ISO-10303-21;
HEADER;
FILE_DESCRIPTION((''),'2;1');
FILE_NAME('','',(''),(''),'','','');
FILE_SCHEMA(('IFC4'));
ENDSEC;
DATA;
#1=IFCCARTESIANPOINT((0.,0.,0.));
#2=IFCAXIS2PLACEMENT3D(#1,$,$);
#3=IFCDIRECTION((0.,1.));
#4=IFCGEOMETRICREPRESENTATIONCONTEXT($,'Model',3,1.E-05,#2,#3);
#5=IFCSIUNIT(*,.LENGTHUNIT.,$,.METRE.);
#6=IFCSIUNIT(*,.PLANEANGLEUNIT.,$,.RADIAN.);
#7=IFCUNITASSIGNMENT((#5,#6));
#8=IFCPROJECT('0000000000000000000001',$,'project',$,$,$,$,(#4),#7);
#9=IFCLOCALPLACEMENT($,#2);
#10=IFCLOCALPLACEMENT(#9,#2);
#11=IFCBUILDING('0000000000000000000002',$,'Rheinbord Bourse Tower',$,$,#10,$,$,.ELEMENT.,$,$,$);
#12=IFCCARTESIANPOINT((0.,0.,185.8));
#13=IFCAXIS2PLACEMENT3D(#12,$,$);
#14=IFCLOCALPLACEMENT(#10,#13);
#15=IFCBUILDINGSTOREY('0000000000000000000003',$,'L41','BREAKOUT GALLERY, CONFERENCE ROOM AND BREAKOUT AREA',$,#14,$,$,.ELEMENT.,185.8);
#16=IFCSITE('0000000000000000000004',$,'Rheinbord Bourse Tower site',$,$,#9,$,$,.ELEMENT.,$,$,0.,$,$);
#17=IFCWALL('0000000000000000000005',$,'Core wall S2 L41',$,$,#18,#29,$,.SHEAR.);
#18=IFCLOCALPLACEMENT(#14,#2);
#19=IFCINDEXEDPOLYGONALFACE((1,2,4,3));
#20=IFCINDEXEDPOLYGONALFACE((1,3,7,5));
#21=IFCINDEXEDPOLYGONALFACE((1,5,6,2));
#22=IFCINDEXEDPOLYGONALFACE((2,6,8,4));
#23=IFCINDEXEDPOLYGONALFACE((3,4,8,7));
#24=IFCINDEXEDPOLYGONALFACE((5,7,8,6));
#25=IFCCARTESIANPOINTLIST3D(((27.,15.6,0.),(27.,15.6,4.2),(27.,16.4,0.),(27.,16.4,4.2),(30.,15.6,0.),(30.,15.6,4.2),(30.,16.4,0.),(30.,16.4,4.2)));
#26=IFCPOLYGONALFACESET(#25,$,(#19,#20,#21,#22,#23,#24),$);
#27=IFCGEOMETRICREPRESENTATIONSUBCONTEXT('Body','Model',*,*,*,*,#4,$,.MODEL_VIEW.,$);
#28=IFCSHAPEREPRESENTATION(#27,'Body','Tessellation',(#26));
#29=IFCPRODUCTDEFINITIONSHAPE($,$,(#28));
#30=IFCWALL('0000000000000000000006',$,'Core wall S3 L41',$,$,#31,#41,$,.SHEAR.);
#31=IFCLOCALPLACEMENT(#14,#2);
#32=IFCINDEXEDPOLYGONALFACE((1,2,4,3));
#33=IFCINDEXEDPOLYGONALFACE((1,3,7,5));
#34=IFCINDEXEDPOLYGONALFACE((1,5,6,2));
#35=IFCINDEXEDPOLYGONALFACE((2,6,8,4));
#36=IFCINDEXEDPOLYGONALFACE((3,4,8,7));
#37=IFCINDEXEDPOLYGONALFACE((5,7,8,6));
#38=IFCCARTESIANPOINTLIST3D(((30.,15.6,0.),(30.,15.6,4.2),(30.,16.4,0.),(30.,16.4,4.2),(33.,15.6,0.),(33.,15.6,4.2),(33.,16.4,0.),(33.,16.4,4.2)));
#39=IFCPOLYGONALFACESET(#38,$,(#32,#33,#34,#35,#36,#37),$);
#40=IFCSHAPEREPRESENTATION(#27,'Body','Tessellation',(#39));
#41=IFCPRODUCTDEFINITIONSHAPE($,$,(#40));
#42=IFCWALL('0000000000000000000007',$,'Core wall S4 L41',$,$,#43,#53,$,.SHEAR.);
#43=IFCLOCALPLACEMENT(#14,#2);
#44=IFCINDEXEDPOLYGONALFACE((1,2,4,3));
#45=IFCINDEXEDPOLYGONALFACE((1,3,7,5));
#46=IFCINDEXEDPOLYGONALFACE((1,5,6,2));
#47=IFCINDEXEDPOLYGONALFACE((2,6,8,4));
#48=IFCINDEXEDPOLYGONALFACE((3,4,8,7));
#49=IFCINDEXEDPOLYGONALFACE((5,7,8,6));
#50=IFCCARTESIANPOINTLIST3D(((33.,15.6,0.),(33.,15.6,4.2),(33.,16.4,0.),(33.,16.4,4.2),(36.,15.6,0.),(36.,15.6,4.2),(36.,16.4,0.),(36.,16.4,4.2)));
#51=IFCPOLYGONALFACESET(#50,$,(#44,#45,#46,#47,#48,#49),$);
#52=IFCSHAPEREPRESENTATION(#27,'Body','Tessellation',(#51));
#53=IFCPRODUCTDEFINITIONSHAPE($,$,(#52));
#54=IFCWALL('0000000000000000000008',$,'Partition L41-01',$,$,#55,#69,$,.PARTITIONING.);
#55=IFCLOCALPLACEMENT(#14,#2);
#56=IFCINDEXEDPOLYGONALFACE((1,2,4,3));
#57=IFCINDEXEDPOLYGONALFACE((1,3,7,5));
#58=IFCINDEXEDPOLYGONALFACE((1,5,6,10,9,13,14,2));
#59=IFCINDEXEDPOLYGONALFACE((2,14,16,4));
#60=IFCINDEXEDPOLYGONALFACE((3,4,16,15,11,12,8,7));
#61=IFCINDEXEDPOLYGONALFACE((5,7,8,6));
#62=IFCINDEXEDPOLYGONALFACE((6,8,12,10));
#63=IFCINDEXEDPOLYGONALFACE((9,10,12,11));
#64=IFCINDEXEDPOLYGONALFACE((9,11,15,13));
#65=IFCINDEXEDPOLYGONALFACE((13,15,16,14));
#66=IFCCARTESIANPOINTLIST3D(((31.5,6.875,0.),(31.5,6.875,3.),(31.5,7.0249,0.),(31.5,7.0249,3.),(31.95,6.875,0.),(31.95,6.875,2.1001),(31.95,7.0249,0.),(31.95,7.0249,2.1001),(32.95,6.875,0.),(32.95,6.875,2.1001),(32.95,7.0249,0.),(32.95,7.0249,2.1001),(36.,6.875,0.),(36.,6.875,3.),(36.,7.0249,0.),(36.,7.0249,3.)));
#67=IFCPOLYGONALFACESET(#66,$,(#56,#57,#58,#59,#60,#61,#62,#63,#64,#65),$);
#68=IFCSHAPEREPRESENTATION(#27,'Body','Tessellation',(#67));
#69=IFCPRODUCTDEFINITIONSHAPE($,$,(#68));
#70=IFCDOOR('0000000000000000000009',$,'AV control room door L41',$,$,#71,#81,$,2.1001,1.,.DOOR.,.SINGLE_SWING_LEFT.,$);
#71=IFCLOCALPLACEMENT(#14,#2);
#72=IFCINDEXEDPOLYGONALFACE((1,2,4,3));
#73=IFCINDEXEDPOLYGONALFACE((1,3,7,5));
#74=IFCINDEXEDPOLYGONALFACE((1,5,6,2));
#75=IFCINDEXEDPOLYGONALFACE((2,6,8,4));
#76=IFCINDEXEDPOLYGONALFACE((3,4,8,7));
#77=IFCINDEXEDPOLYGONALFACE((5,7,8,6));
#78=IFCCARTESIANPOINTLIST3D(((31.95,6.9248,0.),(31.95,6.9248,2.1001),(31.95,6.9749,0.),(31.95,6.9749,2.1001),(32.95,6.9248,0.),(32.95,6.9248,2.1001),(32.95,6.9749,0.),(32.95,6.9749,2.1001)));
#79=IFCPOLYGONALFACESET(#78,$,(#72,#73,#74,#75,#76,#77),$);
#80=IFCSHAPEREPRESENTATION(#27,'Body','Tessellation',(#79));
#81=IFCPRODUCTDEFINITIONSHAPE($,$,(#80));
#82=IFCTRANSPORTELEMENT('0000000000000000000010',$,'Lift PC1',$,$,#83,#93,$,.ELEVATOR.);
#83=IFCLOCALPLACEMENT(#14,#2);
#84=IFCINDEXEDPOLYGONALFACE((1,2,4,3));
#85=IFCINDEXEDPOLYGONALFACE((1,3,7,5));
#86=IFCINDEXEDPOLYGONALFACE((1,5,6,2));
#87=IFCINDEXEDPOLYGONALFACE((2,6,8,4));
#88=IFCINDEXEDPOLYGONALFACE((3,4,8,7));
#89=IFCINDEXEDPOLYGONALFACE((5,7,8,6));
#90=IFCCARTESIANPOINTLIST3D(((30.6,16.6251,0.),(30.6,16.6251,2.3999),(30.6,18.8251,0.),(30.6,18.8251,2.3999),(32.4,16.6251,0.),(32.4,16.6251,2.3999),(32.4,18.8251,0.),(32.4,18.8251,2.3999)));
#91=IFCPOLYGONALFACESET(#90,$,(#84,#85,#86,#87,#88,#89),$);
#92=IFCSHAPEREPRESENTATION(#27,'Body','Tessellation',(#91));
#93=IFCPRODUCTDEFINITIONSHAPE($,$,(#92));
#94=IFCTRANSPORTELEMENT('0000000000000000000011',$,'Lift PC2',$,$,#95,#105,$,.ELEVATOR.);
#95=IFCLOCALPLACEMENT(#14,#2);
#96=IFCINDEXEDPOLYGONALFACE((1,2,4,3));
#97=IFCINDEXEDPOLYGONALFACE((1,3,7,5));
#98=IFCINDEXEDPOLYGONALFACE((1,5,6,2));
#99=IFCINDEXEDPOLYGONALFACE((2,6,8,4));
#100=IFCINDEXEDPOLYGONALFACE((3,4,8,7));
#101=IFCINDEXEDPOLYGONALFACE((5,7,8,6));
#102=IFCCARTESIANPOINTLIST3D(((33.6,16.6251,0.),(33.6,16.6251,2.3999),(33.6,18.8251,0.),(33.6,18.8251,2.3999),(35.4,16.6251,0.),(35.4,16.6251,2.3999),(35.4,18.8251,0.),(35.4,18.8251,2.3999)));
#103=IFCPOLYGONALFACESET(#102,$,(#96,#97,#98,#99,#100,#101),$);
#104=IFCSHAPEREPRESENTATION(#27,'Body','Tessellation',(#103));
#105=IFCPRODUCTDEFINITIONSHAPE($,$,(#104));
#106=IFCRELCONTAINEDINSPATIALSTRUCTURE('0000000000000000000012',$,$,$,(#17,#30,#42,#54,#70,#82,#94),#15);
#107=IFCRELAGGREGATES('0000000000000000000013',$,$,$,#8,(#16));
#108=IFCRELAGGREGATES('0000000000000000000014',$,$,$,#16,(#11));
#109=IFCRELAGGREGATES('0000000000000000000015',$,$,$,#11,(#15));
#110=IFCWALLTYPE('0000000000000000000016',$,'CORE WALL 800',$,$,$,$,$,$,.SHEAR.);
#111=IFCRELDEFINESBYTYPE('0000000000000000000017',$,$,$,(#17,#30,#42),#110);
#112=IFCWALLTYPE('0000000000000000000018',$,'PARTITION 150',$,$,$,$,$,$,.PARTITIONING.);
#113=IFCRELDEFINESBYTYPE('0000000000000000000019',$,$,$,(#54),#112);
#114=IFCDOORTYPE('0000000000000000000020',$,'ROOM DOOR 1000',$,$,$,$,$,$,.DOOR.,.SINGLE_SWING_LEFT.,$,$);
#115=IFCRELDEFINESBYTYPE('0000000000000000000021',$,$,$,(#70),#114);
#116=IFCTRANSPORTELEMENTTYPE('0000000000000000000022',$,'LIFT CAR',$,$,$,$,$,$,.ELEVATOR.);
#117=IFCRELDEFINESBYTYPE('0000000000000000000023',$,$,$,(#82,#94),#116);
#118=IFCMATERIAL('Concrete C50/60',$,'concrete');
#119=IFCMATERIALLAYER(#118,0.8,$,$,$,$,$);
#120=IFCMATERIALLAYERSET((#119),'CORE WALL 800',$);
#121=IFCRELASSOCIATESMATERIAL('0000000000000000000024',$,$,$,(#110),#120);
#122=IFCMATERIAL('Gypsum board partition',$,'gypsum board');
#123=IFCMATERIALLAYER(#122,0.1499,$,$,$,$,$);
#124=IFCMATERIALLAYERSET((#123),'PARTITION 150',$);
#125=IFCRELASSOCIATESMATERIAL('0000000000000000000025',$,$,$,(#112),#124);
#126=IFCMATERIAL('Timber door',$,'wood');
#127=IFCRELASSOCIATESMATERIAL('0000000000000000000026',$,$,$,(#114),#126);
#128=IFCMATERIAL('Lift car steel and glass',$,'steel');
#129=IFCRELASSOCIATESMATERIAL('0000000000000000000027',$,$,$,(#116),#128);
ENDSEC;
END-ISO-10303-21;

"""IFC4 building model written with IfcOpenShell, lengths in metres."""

from ifc_helpers import new_model, si_unit, direction, frame, frame_2d, origin, origin_2d, place, context, subcontext, project, spatial, rectangle, extrude, material, layer, layer_set, type_object, element, fill, save


model = new_model("IFC4")

# Units and contexts
model_context = context("Model", 3, precision=1e-05, world=origin(), true_north=direction((0.0, 1.0)))
body_context = subcontext(model_context, "Body", "Model", "MODEL_VIEW")
ifc_project = project(units=[si_unit("LENGTHUNIT", "METRE"), si_unit("PLANEANGLEUNIT", "RADIAN")], contexts=[model_context])

# Site, building, storey
site_placement = place(None, origin())
site = spatial("IfcSite", under=ifc_project, at=site_placement, Name="Rheinbord Bourse Tower site", CompositionType="ELEMENT", RefElevation=0.0)
building_placement = place(site_placement, origin())
building = spatial("IfcBuilding", under=site, at=building_placement, Name="Rheinbord Bourse Tower", CompositionType="ELEMENT")
storey_placement = place(building_placement, frame((0.0, 0.0, 185.8)))
storey = spatial("IfcBuildingStorey", under=building, at=storey_placement, Name="L41", Description="BREAKOUT GALLERY, CONFERENCE ROOM AND BREAKOUT AREA", CompositionType="ELEMENT", Elevation=185.8)

# Walls
ifc_material_1 = material(Name="Concrete C50/60", Category="concrete")
ifc_layer_1 = layer(ifc_material_1, 0.8)
ifc_layer_set_1 = layer_set([ifc_layer_1], Name="CORE WALL 800")
wall_type_1 = type_object("IfcWallType", Name="CORE WALL 800", PredefinedType="SHEAR", material=ifc_layer_set_1)
for number, where, z_axis, x_axis, name in (
    (1, (27.0, 16.0, 0.0), (0.0, 0.0, 1.0), (1.0, 0.0, 0.0), "Core wall S2 L41"),
    (2, (30.0, 16.0, 0.0), (0.0, 0.0, 1.0), (1.0, 0.0, 0.0), "Core wall S3 L41"),
    (3, (33.0, 16.0, 0.0), (0.0, 0.0, 1.0), (1.0, 0.0, 0.0), "Core wall S4 L41"),
):
    element("IfcWall", number, at=place(storey_placement, frame(where, z_axis=z_axis, x_axis=x_axis)), inside=storey, type_object=wall_type_1, Name=name, PredefinedType="SHEAR", context=body_context, shape_type="SweptSolid", body=[
        extrude(rectangle(XDim=3.0, YDim=0.8, at=frame_2d((1.5, 0.0))), origin(), (0.0, 0.0, 1.0), 4.2),
    ])

# Wall, opening, door
ifc_material_2 = material(Name="Gypsum board partition", Category="gypsum board")
ifc_layer_2 = layer(ifc_material_2, 0.1499)
ifc_layer_set_2 = layer_set([ifc_layer_2], Name="PARTITION 150")
wall_type_2 = type_object("IfcWallType", Name="PARTITION 150", PredefinedType="PARTITIONING", material=ifc_layer_set_2)
wall_1_placement = place(storey_placement, frame((31.5, 6.95, 0.0), z_axis=(0.0, 0.0, 1.0), x_axis=(1.0, 0.0, 0.0)))
wall_1 = element("IfcWall", 4, at=wall_1_placement, inside=storey, type_object=wall_type_2, Name="Partition L41-01", PredefinedType="PARTITIONING", context=body_context, shape_type="SweptSolid", body=[
    extrude(rectangle(XDim=4.5, YDim=0.1499, at=frame_2d((2.25, 0.0))), origin(), (0.0, 0.0, 1.0), 3.0),
])
opening_1_placement = place(wall_1_placement, frame((0.45, 0.0, 0.0)))
opening_1 = element("IfcOpeningElement", 5, at=opening_1_placement, cuts=wall_1, PredefinedType="OPENING", context=body_context, shape_type="SweptSolid", body=[
    extrude(rectangle(XDim=1.0, YDim=2.1001, at=frame_2d((0.5, 1.05))), frame((0.0, 0.085, 0.0), z_axis=(0.0, -1.0, 0.0), x_axis=(1.0, 0.0, 0.0)), (0.0, 0.0, 1.0), 0.1699),
])
ifc_material_3 = material(Name="Timber door", Category="wood")
door_type_1 = type_object("IfcDoorType", Name="ROOM DOOR 1000", OperationType="SINGLE_SWING_LEFT", PredefinedType="DOOR", material=ifc_material_3)
door_1_placement = place(opening_1_placement, origin())
door_1 = element("IfcDoor", 6, at=door_1_placement, inside=storey, type_object=door_type_1, Name="AV control room door L41", OperationType="SINGLE_SWING_LEFT", OverallHeight=2.1001, OverallWidth=1.0, PredefinedType="DOOR", context=body_context, shape_type="SweptSolid", body=[
    extrude(rectangle(XDim=1.0, YDim=2.1001, at=frame_2d((0.5, 1.05))), frame((0.0, 0.0249, 0.0), z_axis=(0.0, -1.0, 0.0), x_axis=(1.0, 0.0, 0.0)), (0.0, 0.0, 1.0), 0.05),
])
fill(opening_1, door_1)

# Transport elements
ifc_material_4 = material(Name="Lift car steel and glass", Category="steel")
transport_element_type = type_object("IfcTransportElementType", Name="LIFT CAR", PredefinedType="ELEVATOR", material=ifc_material_4)
for number, where, z_axis, x_axis, name in (
    (7, (31.5, 17.7251, 0.0), (0.0, 0.0, 1.0), (1.0, 0.0, 0.0), "Lift PC1"),
    (8, (34.5, 17.7251, 0.0), (0.0, 0.0, 1.0), (1.0, 0.0, 0.0), "Lift PC2"),
):
    element("IfcTransportElement", number, at=place(storey_placement, frame(where, z_axis=z_axis, x_axis=x_axis)), inside=storey, type_object=transport_element_type, Name=name, PredefinedType="ELEVATOR", context=body_context, shape_type="SweptSolid", body=[
        extrude(rectangle(XDim=1.8, YDim=2.2, at=origin_2d()), origin(), (0.0, 0.0, 1.0), 2.3999),
    ])

save(model, "model.ifc")
